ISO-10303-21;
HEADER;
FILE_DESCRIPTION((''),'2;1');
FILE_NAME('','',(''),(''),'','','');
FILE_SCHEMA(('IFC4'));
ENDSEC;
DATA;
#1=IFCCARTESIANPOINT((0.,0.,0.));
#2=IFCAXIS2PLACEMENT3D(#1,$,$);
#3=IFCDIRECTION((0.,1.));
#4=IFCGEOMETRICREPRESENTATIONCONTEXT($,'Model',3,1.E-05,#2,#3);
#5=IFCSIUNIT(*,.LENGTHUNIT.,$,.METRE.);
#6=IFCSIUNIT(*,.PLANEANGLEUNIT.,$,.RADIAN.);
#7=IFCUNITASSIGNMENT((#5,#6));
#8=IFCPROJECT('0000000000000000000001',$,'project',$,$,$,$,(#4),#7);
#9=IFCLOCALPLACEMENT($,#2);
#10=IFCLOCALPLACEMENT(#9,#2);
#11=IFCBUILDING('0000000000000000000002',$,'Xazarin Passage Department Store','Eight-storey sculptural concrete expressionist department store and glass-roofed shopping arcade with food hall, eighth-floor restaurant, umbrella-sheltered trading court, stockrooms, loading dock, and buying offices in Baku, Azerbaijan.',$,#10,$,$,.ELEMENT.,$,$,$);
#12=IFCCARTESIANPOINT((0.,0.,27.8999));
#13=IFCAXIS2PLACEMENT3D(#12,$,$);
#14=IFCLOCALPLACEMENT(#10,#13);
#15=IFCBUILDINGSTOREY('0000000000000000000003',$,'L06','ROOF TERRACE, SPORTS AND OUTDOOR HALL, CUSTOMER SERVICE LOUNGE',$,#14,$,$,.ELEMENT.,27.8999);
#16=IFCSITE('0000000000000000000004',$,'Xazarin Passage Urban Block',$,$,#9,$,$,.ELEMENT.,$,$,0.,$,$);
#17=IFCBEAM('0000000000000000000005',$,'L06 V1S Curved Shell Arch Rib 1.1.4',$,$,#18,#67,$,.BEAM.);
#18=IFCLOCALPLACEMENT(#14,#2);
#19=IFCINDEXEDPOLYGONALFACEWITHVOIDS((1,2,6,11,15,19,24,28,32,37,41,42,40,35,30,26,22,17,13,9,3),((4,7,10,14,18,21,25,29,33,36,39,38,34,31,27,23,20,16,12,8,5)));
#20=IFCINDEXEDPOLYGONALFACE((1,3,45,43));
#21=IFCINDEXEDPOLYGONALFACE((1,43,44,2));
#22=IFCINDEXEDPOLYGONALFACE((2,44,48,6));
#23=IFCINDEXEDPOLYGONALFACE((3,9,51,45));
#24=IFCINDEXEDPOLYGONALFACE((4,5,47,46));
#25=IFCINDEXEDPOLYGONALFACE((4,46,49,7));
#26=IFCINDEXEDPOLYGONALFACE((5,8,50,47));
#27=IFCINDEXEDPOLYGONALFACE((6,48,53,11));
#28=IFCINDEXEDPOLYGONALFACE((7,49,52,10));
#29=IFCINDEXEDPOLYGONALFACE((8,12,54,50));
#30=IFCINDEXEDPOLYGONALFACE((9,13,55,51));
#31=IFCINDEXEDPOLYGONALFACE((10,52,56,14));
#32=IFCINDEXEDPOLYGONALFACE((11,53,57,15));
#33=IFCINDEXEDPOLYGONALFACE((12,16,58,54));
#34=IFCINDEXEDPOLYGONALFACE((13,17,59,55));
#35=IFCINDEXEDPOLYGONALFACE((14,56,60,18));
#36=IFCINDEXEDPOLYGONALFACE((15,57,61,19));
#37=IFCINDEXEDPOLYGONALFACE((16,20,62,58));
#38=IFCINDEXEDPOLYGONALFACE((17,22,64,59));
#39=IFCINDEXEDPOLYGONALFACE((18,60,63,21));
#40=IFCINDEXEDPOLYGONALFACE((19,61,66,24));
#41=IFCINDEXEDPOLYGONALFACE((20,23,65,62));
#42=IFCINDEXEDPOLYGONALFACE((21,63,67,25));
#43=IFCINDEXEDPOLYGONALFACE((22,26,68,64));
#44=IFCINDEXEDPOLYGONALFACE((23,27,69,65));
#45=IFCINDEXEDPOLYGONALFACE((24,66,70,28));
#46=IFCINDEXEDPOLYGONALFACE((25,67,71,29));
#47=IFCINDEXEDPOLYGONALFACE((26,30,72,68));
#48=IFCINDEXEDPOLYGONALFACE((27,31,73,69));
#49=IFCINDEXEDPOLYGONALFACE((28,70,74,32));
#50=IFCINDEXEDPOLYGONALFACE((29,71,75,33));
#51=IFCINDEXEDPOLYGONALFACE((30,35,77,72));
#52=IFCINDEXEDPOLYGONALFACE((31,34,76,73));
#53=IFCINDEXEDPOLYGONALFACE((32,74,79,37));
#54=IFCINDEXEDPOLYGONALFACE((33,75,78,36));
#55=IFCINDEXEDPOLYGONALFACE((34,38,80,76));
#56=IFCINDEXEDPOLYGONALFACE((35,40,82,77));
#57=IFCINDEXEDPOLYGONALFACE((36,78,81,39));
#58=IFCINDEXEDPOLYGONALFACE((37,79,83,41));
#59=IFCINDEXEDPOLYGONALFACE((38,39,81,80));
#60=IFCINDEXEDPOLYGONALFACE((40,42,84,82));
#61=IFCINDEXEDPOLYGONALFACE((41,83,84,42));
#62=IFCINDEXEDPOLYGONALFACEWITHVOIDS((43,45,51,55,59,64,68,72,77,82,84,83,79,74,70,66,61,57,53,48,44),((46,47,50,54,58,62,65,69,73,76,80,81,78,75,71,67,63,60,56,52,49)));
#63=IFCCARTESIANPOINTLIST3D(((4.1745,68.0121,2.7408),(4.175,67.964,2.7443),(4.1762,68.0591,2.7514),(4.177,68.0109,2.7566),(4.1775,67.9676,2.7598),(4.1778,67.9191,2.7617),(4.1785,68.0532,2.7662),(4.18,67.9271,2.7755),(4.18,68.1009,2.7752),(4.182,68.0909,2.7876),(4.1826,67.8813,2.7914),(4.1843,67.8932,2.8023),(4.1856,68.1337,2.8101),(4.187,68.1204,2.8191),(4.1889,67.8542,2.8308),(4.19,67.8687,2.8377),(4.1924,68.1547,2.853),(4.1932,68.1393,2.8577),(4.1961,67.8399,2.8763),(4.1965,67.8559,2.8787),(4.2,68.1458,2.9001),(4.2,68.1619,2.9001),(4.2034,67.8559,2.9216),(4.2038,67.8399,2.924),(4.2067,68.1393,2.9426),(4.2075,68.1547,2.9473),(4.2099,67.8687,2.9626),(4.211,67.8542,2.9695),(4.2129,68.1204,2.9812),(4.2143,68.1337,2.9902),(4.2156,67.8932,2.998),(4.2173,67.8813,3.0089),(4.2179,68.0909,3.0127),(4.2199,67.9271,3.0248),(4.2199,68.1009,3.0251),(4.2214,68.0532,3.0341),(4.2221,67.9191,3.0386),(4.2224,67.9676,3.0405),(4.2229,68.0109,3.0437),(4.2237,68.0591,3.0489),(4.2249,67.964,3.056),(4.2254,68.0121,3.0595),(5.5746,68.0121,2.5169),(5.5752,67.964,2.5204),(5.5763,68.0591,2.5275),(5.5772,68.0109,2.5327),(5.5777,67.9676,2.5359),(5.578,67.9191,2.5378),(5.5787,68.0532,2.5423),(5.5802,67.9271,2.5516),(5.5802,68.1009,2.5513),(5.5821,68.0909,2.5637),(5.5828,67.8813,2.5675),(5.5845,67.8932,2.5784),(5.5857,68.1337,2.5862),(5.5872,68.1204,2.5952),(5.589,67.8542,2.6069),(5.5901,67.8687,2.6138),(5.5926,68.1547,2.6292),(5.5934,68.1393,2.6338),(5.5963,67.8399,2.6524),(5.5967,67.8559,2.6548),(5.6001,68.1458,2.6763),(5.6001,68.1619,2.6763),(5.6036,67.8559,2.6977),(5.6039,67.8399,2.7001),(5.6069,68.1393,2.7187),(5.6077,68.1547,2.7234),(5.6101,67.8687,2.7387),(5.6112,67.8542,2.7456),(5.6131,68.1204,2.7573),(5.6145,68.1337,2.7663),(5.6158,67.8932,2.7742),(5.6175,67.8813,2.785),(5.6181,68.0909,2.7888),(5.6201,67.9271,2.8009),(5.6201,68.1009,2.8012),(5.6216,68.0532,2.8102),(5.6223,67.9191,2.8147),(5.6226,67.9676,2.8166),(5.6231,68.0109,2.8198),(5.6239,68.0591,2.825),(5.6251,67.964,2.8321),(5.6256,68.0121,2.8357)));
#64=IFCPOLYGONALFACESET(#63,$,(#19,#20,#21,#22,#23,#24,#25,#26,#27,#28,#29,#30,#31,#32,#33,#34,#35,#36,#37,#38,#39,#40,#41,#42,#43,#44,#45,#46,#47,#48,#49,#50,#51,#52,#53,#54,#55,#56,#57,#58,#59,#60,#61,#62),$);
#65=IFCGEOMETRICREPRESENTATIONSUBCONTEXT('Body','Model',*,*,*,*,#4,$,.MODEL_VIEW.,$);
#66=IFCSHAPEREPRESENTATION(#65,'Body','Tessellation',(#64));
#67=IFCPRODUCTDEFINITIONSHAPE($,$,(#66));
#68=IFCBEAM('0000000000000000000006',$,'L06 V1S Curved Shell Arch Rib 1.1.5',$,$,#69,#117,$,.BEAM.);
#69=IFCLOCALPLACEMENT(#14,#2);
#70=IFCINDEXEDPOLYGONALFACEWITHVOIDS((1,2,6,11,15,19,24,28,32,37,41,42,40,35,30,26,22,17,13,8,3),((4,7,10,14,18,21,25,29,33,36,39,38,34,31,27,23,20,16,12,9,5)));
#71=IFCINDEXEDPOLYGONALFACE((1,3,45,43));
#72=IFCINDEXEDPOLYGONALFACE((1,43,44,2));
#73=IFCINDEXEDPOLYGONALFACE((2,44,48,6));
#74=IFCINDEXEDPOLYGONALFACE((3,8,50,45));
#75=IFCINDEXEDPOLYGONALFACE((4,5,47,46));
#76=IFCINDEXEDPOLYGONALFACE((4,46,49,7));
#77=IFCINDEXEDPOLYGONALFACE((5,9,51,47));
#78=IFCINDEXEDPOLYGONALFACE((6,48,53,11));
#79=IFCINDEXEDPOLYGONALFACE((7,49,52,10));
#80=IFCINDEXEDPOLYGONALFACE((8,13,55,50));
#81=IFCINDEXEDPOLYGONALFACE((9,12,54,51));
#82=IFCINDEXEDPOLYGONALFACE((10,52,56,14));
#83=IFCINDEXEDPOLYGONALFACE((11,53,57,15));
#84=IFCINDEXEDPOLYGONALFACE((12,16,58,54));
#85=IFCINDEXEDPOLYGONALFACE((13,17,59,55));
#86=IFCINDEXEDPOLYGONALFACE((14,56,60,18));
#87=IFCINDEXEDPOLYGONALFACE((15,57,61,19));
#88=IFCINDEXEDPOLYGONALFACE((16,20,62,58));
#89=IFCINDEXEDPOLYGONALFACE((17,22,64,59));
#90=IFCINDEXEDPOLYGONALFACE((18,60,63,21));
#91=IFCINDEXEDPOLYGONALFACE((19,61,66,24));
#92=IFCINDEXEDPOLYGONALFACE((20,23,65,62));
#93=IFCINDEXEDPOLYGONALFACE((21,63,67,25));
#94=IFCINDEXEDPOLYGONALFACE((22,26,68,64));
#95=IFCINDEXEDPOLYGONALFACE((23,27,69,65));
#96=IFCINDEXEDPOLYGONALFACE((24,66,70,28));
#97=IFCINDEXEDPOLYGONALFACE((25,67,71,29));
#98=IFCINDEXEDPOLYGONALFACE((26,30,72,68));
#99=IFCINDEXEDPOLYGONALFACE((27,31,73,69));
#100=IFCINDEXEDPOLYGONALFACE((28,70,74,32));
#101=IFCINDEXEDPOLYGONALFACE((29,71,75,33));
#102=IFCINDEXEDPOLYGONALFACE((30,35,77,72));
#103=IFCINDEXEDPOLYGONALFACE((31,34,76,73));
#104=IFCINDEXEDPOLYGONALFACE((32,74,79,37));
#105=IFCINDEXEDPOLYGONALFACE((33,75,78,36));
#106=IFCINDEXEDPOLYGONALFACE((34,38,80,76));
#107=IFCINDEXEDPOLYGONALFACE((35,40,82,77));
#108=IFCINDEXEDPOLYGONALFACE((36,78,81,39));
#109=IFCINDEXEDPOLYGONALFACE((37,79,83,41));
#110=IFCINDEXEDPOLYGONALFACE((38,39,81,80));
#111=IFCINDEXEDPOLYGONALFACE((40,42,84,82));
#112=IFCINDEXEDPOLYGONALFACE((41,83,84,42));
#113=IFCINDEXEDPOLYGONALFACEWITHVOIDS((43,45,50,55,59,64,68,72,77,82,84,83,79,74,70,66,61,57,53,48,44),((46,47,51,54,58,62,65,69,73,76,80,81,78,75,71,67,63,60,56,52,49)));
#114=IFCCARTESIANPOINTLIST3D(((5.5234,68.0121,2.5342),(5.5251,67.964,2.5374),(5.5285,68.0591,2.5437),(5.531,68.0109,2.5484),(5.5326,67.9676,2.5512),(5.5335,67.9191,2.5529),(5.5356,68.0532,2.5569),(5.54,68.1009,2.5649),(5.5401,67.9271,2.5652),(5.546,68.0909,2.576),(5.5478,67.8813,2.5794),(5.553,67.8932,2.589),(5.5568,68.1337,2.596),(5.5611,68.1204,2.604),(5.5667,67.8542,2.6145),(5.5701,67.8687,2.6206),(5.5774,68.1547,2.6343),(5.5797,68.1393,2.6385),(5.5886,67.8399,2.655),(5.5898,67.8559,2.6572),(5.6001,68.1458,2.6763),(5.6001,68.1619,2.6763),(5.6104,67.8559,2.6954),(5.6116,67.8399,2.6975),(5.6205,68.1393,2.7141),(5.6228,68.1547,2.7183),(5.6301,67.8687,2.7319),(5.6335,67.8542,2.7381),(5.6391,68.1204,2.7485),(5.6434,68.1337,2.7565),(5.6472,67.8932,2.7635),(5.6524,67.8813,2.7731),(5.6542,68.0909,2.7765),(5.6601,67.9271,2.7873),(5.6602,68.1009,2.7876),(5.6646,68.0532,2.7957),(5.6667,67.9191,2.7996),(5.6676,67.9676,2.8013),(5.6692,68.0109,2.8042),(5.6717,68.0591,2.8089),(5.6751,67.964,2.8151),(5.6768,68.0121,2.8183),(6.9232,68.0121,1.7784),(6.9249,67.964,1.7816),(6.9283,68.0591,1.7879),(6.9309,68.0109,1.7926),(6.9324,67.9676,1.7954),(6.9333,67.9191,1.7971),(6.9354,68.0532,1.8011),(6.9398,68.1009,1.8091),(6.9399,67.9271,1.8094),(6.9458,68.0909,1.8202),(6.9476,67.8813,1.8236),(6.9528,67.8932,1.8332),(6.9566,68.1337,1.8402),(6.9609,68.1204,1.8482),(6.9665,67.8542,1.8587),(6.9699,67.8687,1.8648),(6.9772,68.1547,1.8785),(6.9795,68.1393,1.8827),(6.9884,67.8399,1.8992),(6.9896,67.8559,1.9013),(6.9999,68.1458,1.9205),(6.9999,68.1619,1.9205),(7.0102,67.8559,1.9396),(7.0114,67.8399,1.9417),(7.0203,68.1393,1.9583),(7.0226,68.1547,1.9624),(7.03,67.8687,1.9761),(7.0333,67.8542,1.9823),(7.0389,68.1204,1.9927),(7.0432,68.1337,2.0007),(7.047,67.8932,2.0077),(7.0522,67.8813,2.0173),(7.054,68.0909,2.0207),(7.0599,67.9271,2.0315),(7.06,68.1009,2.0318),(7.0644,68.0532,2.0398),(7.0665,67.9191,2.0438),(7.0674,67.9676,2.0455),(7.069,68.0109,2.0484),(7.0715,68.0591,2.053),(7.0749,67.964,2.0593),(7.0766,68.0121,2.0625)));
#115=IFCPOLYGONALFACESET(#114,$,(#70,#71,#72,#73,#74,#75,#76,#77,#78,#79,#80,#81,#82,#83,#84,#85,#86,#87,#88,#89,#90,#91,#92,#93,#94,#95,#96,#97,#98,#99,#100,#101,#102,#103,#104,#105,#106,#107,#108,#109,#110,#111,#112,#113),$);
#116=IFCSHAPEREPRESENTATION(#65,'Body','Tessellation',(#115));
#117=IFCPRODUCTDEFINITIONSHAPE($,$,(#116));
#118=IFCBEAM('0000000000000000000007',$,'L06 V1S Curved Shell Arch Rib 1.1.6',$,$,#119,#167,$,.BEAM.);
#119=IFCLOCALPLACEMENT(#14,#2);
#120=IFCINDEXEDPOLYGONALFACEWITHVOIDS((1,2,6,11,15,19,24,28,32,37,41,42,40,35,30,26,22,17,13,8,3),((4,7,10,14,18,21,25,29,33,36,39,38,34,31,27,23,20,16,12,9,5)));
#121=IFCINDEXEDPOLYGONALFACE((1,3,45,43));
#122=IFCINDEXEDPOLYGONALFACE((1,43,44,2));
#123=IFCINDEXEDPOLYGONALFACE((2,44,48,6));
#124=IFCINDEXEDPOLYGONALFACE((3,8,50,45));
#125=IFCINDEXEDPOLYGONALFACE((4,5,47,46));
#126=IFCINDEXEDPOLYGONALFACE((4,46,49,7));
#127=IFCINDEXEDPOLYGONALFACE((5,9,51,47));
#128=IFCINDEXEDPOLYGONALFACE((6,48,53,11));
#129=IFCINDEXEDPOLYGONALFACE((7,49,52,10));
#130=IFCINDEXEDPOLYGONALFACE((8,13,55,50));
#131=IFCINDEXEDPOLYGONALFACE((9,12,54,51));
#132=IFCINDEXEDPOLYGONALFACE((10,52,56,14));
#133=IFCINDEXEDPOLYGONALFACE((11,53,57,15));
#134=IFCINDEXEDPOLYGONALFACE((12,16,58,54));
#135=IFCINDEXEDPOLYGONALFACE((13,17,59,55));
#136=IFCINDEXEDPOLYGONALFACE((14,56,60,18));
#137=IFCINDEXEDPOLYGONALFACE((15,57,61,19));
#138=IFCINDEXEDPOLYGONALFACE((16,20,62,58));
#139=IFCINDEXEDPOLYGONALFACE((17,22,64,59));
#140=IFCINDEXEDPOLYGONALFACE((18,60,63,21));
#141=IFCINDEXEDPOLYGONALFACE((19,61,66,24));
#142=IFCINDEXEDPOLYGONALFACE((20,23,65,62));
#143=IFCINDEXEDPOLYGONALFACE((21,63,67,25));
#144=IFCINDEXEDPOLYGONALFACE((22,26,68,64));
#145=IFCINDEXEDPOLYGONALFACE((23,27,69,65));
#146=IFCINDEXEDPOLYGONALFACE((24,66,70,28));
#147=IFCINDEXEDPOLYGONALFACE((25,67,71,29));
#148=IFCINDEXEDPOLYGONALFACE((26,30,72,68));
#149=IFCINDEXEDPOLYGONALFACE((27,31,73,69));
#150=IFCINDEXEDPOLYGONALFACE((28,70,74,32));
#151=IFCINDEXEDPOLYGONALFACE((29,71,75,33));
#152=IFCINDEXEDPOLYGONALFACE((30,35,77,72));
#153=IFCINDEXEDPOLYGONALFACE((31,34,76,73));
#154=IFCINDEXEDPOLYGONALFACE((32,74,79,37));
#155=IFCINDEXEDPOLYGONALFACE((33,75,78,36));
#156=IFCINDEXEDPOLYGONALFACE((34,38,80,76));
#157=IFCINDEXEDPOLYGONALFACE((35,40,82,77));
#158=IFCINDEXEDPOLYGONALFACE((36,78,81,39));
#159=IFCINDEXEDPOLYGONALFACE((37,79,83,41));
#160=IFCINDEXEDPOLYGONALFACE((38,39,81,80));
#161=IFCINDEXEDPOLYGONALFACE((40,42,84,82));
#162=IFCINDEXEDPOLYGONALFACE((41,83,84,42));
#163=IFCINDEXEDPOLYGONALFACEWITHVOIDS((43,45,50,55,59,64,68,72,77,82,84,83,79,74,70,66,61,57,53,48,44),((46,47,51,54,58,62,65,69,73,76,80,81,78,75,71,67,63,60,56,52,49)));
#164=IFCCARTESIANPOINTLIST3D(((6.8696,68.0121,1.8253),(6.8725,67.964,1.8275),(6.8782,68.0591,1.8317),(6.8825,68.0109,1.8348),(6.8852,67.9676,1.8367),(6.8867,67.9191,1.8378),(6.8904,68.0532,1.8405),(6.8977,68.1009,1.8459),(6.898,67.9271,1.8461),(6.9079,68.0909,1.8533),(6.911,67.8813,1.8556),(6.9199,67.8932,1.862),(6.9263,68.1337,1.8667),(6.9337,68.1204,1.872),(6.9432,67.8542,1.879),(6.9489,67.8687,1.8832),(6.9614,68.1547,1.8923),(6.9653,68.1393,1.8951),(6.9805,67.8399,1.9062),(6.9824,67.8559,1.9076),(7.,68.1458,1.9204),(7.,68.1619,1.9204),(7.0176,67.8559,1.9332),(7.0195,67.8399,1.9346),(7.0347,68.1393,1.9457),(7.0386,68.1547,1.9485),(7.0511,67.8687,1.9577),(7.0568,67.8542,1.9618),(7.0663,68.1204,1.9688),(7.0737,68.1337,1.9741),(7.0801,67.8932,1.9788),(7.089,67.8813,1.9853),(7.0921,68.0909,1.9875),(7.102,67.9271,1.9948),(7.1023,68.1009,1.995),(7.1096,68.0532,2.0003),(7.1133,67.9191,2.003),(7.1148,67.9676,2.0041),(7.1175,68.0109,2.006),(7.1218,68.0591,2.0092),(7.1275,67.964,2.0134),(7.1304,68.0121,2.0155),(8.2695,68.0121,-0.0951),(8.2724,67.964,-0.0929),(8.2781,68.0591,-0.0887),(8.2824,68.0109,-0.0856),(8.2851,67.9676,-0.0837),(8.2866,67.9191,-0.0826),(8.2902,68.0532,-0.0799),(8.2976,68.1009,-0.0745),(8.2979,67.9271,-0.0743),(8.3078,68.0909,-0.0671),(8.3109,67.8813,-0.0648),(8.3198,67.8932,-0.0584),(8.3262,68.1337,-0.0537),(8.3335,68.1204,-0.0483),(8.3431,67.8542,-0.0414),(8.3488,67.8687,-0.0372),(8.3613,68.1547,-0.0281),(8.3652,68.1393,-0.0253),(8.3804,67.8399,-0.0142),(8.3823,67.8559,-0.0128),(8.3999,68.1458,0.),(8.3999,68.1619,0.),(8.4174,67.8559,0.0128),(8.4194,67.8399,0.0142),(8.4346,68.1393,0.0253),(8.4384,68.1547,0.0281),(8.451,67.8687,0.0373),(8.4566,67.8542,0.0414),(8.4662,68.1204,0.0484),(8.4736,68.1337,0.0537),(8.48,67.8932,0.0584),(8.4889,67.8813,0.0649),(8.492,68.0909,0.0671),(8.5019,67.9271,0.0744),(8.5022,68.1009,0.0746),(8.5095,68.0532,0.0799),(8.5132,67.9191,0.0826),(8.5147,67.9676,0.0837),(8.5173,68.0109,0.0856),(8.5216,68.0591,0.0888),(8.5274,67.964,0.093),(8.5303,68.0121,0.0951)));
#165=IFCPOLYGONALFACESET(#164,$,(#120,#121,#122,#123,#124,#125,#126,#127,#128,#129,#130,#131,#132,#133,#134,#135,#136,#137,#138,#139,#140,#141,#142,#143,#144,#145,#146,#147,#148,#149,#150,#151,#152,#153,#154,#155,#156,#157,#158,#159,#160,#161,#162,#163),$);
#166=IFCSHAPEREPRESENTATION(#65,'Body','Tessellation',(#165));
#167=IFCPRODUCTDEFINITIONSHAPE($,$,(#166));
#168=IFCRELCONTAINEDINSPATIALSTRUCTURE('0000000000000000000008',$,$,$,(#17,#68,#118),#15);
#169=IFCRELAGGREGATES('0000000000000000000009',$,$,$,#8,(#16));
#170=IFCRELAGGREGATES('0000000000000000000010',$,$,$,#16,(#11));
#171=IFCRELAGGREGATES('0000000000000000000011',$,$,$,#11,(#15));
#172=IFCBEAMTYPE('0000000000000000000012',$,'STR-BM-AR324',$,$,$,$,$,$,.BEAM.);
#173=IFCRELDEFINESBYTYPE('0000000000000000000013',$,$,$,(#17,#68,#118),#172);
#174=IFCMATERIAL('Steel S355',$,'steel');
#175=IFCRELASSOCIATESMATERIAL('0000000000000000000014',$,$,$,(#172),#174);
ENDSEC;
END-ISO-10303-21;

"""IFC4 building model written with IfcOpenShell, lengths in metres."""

from ifc_helpers import new_model, si_unit, direction, frame, origin, origin_2d, place, context, subcontext, project, spatial, hollow_circle, extrude, material, material_profile, profile_set, type_object, element, save


model = new_model("IFC4")

# Units and contexts
model_context = context("Model", 3, precision=1e-05, world=origin(), true_north=direction((0.0, 1.0)))
body_context = subcontext(model_context, "Body", "Model", "MODEL_VIEW")
ifc_project = project(units=[si_unit("LENGTHUNIT", "METRE"), si_unit("PLANEANGLEUNIT", "RADIAN")], contexts=[model_context])

# Site, building, storey
site_placement = place(None, origin())
site = spatial("IfcSite", under=ifc_project, at=site_placement, Name="Xazarin Passage Urban Block", CompositionType="ELEMENT", RefElevation=0.0)
building_placement = place(site_placement, origin())
building = spatial("IfcBuilding", under=site, at=building_placement, Name="Xazarin Passage Department Store", Description="Eight-storey sculptural concrete expressionist department store and glass-roofed shopping arcade with food hall, eighth-floor restaurant, umbrella-sheltered trading court, stockrooms, loading dock, and buying offices in Baku, Azerbaijan.", CompositionType="ELEMENT")
storey_placement = place(building_placement, frame((0.0, 0.0, 27.8999)))
storey = spatial("IfcBuildingStorey", under=building, at=storey_placement, Name="L06", Description="ROOF TERRACE, SPORTS AND OUTDOOR HALL, CUSTOMER SERVICE LOUNGE", CompositionType="ELEMENT", Elevation=27.8999)

# Beams
ifc_material_1 = material(Name="Steel S355", Category="steel")
ifc_material_profile_1 = material_profile(ifc_material_1, hollow_circle(Radius=0.1619, WallThickness=0.0161, at=origin_2d()), Name="CHS 323.9x16")
ifc_profile_set_1 = profile_set([ifc_material_profile_1], Name="Steel S355")
beam_type_1 = type_object("IfcBeamType", Name="STR-BM-AR324", PredefinedType="BEAM", material=ifc_profile_set_1)
beam_1_placement = place(storey_placement, frame((4.2, 68.0, 2.9001), z_axis=(0.987457, 0.0, -0.15789), x_axis=(0.0, 1.0, 0.0)))
element("IfcBeam", 1, at=beam_1_placement, inside=storey, type_object=beam_type_1, Name="L06 V1S Curved Shell Arch Rib 1.1.4", PredefinedType="BEAM", context=body_context, shape_type="SweptSolid", body=[
    extrude(hollow_circle(Radius=0.1619, WallThickness=0.0161, at=origin_2d()), origin(), (0.0, 0.0, 1.0), 1.418),
])
beam_2_placement = place(storey_placement, frame((5.6001, 68.0, 2.6763), z_axis=(0.879928, 0.0, -0.475106), x_axis=(0.0, 1.0, 0.0)))
element("IfcBeam", 2, at=beam_2_placement, inside=storey, type_object=beam_type_1, Name="L06 V1S Curved Shell Arch Rib 1.1.5", PredefinedType="BEAM", context=body_context, shape_type="SweptSolid", body=[
    extrude(hollow_circle(Radius=0.1619, WallThickness=0.0161, at=origin_2d()), origin(), (0.0, 0.0, 1.0), 1.5908),
])
beam_3_placement = place(storey_placement, frame((7.0, 68.0, 1.9204), z_axis=(0.589063, 0.0, -0.808087), x_axis=(0.0, 1.0, 0.0)))
element("IfcBeam", 3, at=beam_3_placement, inside=storey, type_object=beam_type_1, Name="L06 V1S Curved Shell Arch Rib 1.1.6", PredefinedType="BEAM", context=body_context, shape_type="SweptSolid", body=[
    extrude(hollow_circle(Radius=0.1619, WallThickness=0.0161, at=origin_2d()), origin(), (0.0, 0.0, 1.0), 2.3765),
])

save(model, "model.ifc")
